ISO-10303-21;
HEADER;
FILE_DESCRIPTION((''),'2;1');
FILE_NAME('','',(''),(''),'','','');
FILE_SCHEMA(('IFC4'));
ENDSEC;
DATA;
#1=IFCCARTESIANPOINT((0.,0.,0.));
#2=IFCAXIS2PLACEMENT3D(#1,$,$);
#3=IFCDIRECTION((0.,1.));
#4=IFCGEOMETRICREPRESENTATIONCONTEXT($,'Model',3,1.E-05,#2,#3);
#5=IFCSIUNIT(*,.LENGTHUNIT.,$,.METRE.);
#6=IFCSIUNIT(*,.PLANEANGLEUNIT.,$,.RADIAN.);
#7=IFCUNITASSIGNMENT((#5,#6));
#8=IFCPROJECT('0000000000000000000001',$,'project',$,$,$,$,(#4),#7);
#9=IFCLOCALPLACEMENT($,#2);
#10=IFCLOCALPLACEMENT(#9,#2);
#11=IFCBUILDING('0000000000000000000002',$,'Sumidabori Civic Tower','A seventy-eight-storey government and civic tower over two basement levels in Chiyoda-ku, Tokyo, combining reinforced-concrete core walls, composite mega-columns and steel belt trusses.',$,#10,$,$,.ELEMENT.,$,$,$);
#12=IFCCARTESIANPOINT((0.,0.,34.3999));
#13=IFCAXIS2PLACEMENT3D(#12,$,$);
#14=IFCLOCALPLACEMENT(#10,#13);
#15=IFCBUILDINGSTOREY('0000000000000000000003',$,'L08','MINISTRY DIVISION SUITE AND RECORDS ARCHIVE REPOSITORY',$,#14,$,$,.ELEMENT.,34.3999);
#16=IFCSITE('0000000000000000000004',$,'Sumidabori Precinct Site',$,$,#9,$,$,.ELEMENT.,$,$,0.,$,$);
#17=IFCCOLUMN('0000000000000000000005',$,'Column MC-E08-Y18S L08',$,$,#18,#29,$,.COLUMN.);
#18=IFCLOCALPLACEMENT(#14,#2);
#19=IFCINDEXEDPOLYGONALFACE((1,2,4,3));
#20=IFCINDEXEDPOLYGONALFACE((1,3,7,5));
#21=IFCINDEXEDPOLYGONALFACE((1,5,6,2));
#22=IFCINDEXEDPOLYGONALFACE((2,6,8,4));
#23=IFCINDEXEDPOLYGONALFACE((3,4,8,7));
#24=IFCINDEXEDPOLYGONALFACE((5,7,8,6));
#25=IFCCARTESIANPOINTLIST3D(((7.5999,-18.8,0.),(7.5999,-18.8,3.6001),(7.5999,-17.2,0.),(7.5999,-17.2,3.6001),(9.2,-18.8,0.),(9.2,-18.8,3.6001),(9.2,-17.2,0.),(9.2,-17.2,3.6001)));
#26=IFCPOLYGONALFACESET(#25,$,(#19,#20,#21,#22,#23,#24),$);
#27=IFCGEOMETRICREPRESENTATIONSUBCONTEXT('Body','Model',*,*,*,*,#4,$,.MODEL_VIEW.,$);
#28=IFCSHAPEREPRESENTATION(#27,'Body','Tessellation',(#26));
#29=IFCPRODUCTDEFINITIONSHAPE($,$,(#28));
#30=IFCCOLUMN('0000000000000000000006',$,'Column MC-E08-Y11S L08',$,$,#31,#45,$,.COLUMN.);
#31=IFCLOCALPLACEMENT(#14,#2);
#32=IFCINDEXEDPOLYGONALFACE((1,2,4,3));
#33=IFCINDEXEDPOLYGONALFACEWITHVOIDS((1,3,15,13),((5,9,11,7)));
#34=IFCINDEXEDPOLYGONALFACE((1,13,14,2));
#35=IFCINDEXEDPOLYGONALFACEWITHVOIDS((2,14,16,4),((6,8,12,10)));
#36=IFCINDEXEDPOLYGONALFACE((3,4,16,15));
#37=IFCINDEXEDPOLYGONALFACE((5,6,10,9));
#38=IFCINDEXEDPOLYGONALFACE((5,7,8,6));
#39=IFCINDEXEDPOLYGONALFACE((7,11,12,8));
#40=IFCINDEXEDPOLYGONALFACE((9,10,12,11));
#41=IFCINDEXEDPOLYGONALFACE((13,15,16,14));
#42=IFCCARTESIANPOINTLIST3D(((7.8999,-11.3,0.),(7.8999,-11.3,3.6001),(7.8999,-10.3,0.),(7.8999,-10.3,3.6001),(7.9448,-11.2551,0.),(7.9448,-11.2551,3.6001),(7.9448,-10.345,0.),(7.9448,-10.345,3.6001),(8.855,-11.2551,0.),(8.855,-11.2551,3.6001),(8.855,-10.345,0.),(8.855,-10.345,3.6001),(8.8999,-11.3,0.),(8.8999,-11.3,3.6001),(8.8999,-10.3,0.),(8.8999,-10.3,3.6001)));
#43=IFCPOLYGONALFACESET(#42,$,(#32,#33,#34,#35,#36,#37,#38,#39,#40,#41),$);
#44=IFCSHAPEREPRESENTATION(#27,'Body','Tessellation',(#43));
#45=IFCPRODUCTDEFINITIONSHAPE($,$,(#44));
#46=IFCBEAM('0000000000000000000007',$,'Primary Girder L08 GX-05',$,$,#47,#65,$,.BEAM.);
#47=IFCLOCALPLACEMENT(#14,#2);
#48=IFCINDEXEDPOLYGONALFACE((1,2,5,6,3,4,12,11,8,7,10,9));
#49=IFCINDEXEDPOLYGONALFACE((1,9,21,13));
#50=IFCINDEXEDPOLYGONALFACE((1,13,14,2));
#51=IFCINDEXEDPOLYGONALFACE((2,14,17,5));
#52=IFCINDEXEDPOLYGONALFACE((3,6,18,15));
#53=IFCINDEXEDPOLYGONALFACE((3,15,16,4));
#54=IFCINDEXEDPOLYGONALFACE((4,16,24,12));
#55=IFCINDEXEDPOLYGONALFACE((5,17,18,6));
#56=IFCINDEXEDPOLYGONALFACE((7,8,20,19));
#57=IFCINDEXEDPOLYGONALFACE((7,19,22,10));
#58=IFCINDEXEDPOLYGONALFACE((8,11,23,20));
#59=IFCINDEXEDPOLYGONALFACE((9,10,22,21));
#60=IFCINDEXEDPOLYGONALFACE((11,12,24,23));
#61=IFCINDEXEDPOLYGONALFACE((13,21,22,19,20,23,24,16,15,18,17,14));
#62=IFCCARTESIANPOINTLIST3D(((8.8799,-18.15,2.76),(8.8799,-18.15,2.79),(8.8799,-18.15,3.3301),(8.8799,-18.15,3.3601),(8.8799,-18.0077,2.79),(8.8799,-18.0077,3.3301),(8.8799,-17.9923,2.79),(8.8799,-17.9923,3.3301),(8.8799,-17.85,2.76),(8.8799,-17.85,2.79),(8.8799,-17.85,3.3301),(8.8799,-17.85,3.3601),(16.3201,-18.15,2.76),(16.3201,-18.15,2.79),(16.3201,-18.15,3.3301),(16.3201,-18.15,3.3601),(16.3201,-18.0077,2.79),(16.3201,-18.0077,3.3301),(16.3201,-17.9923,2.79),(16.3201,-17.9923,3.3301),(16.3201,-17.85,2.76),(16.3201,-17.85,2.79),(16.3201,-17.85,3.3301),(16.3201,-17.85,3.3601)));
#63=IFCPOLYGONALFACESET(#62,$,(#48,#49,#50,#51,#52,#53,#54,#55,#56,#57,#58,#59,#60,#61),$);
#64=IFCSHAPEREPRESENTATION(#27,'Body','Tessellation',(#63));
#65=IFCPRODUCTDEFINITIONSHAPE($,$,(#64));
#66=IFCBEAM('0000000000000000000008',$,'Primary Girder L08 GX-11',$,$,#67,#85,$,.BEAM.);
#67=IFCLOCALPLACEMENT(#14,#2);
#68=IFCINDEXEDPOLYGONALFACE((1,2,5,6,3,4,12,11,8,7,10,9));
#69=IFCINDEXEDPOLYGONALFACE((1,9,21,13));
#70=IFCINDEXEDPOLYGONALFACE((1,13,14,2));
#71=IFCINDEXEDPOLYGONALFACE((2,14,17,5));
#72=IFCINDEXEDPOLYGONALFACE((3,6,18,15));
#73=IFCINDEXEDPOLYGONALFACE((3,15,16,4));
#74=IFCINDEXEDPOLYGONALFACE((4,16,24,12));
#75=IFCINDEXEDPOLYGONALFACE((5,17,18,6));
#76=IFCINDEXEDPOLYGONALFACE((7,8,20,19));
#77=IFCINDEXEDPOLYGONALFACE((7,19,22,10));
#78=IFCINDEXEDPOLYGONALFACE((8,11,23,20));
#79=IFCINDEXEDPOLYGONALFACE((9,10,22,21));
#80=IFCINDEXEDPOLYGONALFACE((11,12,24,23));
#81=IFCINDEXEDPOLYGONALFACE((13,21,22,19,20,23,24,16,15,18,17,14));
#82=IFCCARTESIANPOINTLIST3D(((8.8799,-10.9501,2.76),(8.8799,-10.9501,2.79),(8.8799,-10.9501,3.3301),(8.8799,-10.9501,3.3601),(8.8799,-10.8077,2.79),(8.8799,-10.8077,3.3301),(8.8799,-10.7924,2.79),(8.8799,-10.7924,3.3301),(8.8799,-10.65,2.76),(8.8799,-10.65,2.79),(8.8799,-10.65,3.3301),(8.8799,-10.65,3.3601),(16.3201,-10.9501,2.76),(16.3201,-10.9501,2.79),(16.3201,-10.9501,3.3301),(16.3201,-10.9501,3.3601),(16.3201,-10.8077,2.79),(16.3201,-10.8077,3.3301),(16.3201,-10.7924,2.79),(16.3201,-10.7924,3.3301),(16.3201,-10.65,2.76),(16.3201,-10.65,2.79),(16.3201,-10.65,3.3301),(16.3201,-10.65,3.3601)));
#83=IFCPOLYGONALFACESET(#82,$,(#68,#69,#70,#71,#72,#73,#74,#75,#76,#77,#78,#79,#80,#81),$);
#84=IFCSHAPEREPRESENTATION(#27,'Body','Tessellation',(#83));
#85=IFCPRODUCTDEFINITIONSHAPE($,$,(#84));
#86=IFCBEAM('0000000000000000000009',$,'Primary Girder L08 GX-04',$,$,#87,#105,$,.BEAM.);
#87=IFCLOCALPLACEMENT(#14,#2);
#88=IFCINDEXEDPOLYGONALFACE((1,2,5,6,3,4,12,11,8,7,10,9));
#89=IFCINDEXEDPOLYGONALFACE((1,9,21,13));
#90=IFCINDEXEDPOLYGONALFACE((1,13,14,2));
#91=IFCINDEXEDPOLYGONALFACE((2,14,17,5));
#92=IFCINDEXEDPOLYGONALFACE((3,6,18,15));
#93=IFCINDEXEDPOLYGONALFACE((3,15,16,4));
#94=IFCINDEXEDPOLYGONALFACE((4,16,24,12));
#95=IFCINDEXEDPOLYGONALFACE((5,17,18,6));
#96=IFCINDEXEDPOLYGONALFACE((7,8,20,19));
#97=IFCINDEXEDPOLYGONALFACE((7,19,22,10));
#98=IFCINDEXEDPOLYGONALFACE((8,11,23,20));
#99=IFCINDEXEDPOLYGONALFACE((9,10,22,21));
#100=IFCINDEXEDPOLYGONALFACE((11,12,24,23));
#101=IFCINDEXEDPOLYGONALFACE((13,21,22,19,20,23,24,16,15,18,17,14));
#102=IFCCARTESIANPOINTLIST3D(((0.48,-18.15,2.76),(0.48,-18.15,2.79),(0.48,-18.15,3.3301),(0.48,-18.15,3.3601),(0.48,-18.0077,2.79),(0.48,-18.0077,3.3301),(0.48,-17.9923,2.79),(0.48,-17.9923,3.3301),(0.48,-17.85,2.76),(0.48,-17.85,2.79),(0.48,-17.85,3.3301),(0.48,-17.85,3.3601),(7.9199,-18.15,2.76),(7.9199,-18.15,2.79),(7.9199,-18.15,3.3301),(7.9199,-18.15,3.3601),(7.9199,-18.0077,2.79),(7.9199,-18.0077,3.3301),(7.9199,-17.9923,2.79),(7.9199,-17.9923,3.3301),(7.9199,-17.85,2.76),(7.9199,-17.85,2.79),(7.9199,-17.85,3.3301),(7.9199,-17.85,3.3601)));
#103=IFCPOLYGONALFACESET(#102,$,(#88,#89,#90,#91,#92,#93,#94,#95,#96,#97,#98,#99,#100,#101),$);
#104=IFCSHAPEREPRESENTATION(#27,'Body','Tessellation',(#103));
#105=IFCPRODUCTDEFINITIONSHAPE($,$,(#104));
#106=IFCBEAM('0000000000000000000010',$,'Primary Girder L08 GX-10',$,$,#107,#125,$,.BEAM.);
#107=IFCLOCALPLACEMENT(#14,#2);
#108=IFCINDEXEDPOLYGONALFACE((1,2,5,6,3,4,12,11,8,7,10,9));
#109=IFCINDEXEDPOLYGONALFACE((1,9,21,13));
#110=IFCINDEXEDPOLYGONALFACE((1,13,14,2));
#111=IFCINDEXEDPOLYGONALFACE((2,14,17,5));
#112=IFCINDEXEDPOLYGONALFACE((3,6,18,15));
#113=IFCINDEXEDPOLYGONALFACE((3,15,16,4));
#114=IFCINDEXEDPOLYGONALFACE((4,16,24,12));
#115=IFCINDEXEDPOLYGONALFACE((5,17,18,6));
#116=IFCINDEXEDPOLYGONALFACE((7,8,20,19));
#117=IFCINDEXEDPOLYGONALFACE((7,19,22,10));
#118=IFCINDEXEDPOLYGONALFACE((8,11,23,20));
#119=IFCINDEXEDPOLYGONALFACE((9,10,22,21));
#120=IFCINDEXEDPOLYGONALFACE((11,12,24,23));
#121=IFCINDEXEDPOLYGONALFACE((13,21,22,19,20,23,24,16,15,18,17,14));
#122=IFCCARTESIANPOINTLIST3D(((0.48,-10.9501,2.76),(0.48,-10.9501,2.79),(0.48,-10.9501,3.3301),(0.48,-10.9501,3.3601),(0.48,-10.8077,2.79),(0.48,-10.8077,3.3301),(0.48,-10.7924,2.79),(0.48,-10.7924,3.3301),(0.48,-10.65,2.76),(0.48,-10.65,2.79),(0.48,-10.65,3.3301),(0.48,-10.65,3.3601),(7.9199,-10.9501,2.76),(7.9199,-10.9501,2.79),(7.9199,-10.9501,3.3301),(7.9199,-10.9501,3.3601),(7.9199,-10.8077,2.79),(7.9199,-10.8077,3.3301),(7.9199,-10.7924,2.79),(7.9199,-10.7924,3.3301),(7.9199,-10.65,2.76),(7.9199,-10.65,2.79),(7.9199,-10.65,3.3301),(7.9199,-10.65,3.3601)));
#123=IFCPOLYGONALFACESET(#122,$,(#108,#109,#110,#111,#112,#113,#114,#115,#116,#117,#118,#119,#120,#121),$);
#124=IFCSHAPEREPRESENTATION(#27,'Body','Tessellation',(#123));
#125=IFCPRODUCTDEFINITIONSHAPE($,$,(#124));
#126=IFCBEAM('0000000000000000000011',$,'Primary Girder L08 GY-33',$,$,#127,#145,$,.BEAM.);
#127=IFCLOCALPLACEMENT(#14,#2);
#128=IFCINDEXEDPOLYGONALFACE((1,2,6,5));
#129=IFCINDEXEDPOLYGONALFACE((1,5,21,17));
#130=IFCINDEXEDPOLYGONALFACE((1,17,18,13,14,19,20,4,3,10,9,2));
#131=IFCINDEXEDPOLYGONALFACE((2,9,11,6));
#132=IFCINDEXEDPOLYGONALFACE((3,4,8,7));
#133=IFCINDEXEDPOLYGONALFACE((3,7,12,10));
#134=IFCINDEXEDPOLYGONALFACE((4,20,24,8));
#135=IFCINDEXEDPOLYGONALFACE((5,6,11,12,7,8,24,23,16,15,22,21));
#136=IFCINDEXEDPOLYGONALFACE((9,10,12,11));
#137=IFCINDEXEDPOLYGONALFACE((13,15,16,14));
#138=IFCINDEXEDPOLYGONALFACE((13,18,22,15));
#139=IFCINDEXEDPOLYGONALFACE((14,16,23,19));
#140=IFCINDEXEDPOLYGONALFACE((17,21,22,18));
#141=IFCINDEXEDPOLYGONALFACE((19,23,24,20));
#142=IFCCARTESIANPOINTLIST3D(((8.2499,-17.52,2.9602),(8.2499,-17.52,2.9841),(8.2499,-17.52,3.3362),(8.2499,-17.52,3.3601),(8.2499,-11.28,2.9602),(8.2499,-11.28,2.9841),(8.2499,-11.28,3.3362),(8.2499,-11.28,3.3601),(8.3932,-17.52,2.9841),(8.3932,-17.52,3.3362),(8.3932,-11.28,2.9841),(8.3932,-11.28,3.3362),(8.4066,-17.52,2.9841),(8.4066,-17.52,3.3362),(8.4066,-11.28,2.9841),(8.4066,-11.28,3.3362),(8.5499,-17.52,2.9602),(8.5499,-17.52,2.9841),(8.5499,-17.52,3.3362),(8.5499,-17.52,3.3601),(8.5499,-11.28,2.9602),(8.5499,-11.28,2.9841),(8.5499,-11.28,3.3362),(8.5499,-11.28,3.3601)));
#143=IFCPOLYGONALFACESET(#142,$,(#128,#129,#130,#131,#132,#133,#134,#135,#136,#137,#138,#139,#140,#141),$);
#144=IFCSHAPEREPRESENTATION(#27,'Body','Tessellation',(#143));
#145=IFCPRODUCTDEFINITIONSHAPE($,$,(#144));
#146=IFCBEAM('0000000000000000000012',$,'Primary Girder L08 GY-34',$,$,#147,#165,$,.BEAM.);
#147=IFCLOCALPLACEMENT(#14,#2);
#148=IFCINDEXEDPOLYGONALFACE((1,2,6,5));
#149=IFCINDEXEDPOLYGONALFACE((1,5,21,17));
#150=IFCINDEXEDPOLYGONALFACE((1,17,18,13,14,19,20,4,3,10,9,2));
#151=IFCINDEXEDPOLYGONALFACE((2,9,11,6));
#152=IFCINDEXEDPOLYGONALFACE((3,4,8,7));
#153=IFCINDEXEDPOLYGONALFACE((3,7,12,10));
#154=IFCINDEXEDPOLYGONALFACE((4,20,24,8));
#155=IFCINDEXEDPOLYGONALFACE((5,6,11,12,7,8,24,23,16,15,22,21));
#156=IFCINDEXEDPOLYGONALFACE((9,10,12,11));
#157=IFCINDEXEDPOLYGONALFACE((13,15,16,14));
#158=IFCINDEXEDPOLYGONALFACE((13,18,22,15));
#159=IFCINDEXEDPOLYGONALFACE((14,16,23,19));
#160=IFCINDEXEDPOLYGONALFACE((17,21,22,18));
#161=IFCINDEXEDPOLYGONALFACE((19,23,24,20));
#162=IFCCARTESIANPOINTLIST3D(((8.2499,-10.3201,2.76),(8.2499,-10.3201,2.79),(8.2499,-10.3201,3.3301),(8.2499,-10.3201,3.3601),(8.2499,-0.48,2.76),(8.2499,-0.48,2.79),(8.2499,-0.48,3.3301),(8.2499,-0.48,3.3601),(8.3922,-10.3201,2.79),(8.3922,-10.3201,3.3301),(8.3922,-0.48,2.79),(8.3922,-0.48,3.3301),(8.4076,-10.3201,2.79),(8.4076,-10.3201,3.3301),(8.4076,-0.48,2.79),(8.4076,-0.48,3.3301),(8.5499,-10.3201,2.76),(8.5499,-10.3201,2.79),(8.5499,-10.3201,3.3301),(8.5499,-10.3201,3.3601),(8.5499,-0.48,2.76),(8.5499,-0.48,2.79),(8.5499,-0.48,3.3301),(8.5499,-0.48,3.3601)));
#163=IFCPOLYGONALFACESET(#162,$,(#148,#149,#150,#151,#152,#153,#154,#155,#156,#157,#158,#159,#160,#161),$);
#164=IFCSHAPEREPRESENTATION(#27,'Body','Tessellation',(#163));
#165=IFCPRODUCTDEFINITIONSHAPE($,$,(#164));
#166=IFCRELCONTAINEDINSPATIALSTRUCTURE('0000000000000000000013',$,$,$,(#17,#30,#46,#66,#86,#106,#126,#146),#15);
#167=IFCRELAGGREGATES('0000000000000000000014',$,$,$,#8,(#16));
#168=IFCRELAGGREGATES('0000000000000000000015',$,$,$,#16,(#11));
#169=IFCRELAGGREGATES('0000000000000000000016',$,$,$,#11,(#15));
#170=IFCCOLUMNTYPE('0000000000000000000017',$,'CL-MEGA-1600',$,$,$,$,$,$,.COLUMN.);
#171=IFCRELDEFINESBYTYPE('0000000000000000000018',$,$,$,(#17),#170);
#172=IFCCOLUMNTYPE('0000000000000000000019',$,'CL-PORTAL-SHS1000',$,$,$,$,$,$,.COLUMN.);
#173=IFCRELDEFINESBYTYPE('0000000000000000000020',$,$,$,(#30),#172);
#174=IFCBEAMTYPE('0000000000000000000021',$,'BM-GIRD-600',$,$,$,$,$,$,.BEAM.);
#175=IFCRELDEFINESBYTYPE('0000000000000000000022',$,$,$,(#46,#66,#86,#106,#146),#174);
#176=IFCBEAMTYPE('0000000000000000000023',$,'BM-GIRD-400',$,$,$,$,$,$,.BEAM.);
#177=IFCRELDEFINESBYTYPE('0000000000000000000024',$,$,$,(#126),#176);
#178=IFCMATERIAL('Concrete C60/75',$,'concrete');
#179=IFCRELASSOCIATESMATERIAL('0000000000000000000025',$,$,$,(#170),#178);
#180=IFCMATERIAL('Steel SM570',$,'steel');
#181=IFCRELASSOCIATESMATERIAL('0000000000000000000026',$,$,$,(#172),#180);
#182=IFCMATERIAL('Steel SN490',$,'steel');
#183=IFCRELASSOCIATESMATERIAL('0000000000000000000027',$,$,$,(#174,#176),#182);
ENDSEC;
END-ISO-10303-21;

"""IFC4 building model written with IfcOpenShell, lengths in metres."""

from ifc_helpers import new_model, si_unit, direction, frame, origin, origin_2d, place, context, subcontext, project, spatial, rectangle, hollow_rectangle, i_section, extrude, source, transform, mapped, material, material_profile, profile_set, type_object, element, save


model = new_model("IFC4")

# Units and contexts
model_context = context("Model", 3, precision=1e-05, world=origin(), true_north=direction((0.0, 1.0)))
body_context = subcontext(model_context, "Body", "Model", "MODEL_VIEW")
ifc_project = project(units=[si_unit("LENGTHUNIT", "METRE"), si_unit("PLANEANGLEUNIT", "RADIAN")], contexts=[model_context])

# Site, building, storey
site_placement = place(None, origin())
site = spatial("IfcSite", under=ifc_project, at=site_placement, Name="Sumidabori Precinct Site", CompositionType="ELEMENT", RefElevation=0.0)
building_placement = place(site_placement, origin())
building = spatial("IfcBuilding", under=site, at=building_placement, Name="Sumidabori Civic Tower", Description="A seventy-eight-storey government and civic tower over two basement levels in Chiyoda-ku, Tokyo, combining reinforced-concrete core walls, composite mega-columns and steel belt trusses.", CompositionType="ELEMENT")
storey_placement = place(building_placement, frame((0.0, 0.0, 34.3999)))
storey = spatial("IfcBuildingStorey", under=building, at=storey_placement, Name="L08", Description="MINISTRY DIVISION SUITE AND RECORDS ARCHIVE REPOSITORY", CompositionType="ELEMENT", Elevation=34.3999)

# Columns
ifc_material_1 = material(Name="Concrete C60/75", Category="concrete")
ifc_material_profile_1 = material_profile(ifc_material_1, rectangle(XDim=1.6001, YDim=1.6001, at=origin_2d()), Name="RC 1600x1600")
ifc_profile_set_1 = profile_set([ifc_material_profile_1], Name="Concrete C60/75")
column_type_1 = type_object("IfcColumnType", Name="CL-MEGA-1600", PredefinedType="COLUMN", material=ifc_profile_set_1)
shared_shape_1 = source(origin(), body_context, "Body", "SweptSolid", [
    extrude(rectangle(XDim=1.6001, YDim=1.6001, at=origin_2d()), origin(), (0.0, 0.0, 1.0), 3.6001),
])
column_1_placement = place(storey_placement, frame((8.3999, -18.0, 0.0), z_axis=(0.0, 0.0, 1.0), x_axis=(1.0, 0.0, 0.0)))
element("IfcColumn", 1, at=column_1_placement, inside=storey, type_object=column_type_1, Name="Column MC-E08-Y18S L08", PredefinedType="COLUMN", context=body_context, shape_type="MappedRepresentation", body=[
    mapped(shared_shape_1, transform((0.0, 0.0, 0.0), x_axis=(1.0, 0.0, 0.0), y_axis=(0.0, 1.0, 0.0), z_axis=(0.0, 0.0, 1.0), scale=1.0)),
])
ifc_material_2 = material(Name="Steel SM570", Category="steel")
ifc_material_profile_2 = material_profile(ifc_material_2, hollow_rectangle(XDim=1.0, YDim=1.0, WallThickness=0.0449, at=origin_2d()), Name="SHS 1000x1000x45")
ifc_profile_set_2 = profile_set([ifc_material_profile_2], Name="Steel SM570")
column_type_2 = type_object("IfcColumnType", Name="CL-PORTAL-SHS1000", PredefinedType="COLUMN", material=ifc_profile_set_2)
shared_shape_2 = source(origin(), body_context, "Body", "SweptSolid", [
    extrude(hollow_rectangle(XDim=1.0, YDim=1.0, WallThickness=0.0449, at=origin_2d()), origin(), (0.0, 0.0, 1.0), 3.6001),
])
column_2_placement = place(storey_placement, frame((8.3999, -10.8, 0.0), z_axis=(0.0, 0.0, 1.0), x_axis=(1.0, 0.0, 0.0)))
element("IfcColumn", 2, at=column_2_placement, inside=storey, type_object=column_type_2, Name="Column MC-E08-Y11S L08", PredefinedType="COLUMN", context=body_context, shape_type="MappedRepresentation", body=[
    mapped(shared_shape_2, transform((0.0, 0.0, 0.0), x_axis=(1.0, 0.0, 0.0), y_axis=(0.0, 1.0, 0.0), z_axis=(0.0, 0.0, 1.0), scale=1.0)),
])

# Beams
ifc_material_3 = material(Name="Steel SN490", Category="steel")
ifc_material_profile_3 = material_profile(ifc_material_3, i_section(OverallWidth=0.3, OverallDepth=0.6001, WebThickness=0.0154, FlangeThickness=0.03, at=origin_2d()), Name="HE 600 B")
ifc_profile_set_3 = profile_set([ifc_material_profile_3], Name="Steel SN490")
beam_type_1 = type_object("IfcBeamType", Name="BM-GIRD-600", PredefinedType="BEAM", material=ifc_profile_set_3)
shared_shape_3 = source(origin(), body_context, "Body", "SweptSolid", [
    extrude(i_section(OverallWidth=0.3, OverallDepth=0.6001, WebThickness=0.0154, FlangeThickness=0.03, at=origin_2d()), origin(), (0.0, 0.0, 1.0), 7.4402),
])
for number, where, z_axis, x_axis, name in (
    (3, (8.8799, -18.0, 3.0601), (1.0, 0.0, 0.0), (0.0, 1.0, 0.0), "Primary Girder L08 GX-05"),
    (4, (8.8799, -10.8, 3.0601), (1.0, 0.0, 0.0), (0.0, 1.0, 0.0), "Primary Girder L08 GX-11"),
):
    element("IfcBeam", number, at=place(storey_placement, frame(where, z_axis=z_axis, x_axis=x_axis)), inside=storey, type_object=beam_type_1, Name=name, PredefinedType="BEAM", context=body_context, shape_type="MappedRepresentation", body=[
        mapped(shared_shape_3, transform((0.0, 0.0, 0.0), x_axis=(1.0, 0.0, 0.0), y_axis=(0.0, 1.0, 0.0), z_axis=(0.0, 0.0, 1.0), scale=1.0)),
    ])
shared_shape_4 = source(origin(), body_context, "Body", "SweptSolid", [
    extrude(i_section(OverallWidth=0.3, OverallDepth=0.6001, WebThickness=0.0154, FlangeThickness=0.03, at=origin_2d()), origin(), (0.0, 0.0, 1.0), 7.4399),
])
for number, where, z_axis, x_axis, name in (
    (5, (0.48, -18.0, 3.0601), (1.0, 0.0, 0.0), (0.0, 1.0, 0.0), "Primary Girder L08 GX-04"),
    (6, (0.48, -10.8, 3.0601), (1.0, 0.0, 0.0), (0.0, 1.0, 0.0), "Primary Girder L08 GX-10"),
):
    element("IfcBeam", number, at=place(storey_placement, frame(where, z_axis=z_axis, x_axis=x_axis)), inside=storey, type_object=beam_type_1, Name=name, PredefinedType="BEAM", context=body_context, shape_type="MappedRepresentation", body=[
        mapped(shared_shape_4, transform((0.0, 0.0, 0.0), x_axis=(1.0, 0.0, 0.0), y_axis=(0.0, 1.0, 0.0), z_axis=(0.0, 0.0, 1.0), scale=1.0)),
    ])
ifc_material_profile_4 = material_profile(ifc_material_3, i_section(OverallWidth=0.3, OverallDepth=0.3999, WebThickness=0.0134, FlangeThickness=0.0239, at=origin_2d()), Name="HE 400 B")
ifc_profile_set_4 = profile_set([ifc_material_profile_4], Name="Steel SN490")
beam_type_2 = type_object("IfcBeamType", Name="BM-GIRD-400", PredefinedType="BEAM", material=ifc_profile_set_4)
shared_shape_5 = source(origin(), body_context, "Body", "SweptSolid", [
    extrude(i_section(OverallWidth=0.3, OverallDepth=0.3999, WebThickness=0.0134, FlangeThickness=0.0239, at=origin_2d()), origin(), (0.0, 0.0, 1.0), 6.24),
])
beam_1_placement = place(storey_placement, frame((8.3999, -17.52, 3.1602), z_axis=(0.0, 1.0, 0.0), x_axis=(-1.0, 0.0, 0.0)))
element("IfcBeam", 7, at=beam_1_placement, inside=storey, type_object=beam_type_2, Name="Primary Girder L08 GY-33", PredefinedType="BEAM", context=body_context, shape_type="MappedRepresentation", body=[
    mapped(shared_shape_5, transform((0.0, 0.0, 0.0), x_axis=(1.0, 0.0, 0.0), y_axis=(0.0, 1.0, 0.0), z_axis=(0.0, 0.0, 1.0), scale=1.0)),
])
shared_shape_6 = source(origin(), body_context, "Body", "SweptSolid", [
    extrude(i_section(OverallWidth=0.3, OverallDepth=0.6001, WebThickness=0.0154, FlangeThickness=0.03, at=origin_2d()), origin(), (0.0, 0.0, 1.0), 9.8401),
])
beam_2_placement = place(storey_placement, frame((8.3999, -10.3201, 3.0601), z_axis=(0.0, 1.0, 0.0), x_axis=(-1.0, 0.0, 0.0)))
element("IfcBeam", 8, at=beam_2_placement, inside=storey, type_object=beam_type_1, Name="Primary Girder L08 GY-34", PredefinedType="BEAM", context=body_context, shape_type="MappedRepresentation", body=[
    mapped(shared_shape_6, transform((0.0, 0.0, 0.0), x_axis=(1.0, 0.0, 0.0), y_axis=(0.0, 1.0, 0.0), z_axis=(0.0, 0.0, 1.0), scale=1.0)),
])

save(model, "model.ifc")
